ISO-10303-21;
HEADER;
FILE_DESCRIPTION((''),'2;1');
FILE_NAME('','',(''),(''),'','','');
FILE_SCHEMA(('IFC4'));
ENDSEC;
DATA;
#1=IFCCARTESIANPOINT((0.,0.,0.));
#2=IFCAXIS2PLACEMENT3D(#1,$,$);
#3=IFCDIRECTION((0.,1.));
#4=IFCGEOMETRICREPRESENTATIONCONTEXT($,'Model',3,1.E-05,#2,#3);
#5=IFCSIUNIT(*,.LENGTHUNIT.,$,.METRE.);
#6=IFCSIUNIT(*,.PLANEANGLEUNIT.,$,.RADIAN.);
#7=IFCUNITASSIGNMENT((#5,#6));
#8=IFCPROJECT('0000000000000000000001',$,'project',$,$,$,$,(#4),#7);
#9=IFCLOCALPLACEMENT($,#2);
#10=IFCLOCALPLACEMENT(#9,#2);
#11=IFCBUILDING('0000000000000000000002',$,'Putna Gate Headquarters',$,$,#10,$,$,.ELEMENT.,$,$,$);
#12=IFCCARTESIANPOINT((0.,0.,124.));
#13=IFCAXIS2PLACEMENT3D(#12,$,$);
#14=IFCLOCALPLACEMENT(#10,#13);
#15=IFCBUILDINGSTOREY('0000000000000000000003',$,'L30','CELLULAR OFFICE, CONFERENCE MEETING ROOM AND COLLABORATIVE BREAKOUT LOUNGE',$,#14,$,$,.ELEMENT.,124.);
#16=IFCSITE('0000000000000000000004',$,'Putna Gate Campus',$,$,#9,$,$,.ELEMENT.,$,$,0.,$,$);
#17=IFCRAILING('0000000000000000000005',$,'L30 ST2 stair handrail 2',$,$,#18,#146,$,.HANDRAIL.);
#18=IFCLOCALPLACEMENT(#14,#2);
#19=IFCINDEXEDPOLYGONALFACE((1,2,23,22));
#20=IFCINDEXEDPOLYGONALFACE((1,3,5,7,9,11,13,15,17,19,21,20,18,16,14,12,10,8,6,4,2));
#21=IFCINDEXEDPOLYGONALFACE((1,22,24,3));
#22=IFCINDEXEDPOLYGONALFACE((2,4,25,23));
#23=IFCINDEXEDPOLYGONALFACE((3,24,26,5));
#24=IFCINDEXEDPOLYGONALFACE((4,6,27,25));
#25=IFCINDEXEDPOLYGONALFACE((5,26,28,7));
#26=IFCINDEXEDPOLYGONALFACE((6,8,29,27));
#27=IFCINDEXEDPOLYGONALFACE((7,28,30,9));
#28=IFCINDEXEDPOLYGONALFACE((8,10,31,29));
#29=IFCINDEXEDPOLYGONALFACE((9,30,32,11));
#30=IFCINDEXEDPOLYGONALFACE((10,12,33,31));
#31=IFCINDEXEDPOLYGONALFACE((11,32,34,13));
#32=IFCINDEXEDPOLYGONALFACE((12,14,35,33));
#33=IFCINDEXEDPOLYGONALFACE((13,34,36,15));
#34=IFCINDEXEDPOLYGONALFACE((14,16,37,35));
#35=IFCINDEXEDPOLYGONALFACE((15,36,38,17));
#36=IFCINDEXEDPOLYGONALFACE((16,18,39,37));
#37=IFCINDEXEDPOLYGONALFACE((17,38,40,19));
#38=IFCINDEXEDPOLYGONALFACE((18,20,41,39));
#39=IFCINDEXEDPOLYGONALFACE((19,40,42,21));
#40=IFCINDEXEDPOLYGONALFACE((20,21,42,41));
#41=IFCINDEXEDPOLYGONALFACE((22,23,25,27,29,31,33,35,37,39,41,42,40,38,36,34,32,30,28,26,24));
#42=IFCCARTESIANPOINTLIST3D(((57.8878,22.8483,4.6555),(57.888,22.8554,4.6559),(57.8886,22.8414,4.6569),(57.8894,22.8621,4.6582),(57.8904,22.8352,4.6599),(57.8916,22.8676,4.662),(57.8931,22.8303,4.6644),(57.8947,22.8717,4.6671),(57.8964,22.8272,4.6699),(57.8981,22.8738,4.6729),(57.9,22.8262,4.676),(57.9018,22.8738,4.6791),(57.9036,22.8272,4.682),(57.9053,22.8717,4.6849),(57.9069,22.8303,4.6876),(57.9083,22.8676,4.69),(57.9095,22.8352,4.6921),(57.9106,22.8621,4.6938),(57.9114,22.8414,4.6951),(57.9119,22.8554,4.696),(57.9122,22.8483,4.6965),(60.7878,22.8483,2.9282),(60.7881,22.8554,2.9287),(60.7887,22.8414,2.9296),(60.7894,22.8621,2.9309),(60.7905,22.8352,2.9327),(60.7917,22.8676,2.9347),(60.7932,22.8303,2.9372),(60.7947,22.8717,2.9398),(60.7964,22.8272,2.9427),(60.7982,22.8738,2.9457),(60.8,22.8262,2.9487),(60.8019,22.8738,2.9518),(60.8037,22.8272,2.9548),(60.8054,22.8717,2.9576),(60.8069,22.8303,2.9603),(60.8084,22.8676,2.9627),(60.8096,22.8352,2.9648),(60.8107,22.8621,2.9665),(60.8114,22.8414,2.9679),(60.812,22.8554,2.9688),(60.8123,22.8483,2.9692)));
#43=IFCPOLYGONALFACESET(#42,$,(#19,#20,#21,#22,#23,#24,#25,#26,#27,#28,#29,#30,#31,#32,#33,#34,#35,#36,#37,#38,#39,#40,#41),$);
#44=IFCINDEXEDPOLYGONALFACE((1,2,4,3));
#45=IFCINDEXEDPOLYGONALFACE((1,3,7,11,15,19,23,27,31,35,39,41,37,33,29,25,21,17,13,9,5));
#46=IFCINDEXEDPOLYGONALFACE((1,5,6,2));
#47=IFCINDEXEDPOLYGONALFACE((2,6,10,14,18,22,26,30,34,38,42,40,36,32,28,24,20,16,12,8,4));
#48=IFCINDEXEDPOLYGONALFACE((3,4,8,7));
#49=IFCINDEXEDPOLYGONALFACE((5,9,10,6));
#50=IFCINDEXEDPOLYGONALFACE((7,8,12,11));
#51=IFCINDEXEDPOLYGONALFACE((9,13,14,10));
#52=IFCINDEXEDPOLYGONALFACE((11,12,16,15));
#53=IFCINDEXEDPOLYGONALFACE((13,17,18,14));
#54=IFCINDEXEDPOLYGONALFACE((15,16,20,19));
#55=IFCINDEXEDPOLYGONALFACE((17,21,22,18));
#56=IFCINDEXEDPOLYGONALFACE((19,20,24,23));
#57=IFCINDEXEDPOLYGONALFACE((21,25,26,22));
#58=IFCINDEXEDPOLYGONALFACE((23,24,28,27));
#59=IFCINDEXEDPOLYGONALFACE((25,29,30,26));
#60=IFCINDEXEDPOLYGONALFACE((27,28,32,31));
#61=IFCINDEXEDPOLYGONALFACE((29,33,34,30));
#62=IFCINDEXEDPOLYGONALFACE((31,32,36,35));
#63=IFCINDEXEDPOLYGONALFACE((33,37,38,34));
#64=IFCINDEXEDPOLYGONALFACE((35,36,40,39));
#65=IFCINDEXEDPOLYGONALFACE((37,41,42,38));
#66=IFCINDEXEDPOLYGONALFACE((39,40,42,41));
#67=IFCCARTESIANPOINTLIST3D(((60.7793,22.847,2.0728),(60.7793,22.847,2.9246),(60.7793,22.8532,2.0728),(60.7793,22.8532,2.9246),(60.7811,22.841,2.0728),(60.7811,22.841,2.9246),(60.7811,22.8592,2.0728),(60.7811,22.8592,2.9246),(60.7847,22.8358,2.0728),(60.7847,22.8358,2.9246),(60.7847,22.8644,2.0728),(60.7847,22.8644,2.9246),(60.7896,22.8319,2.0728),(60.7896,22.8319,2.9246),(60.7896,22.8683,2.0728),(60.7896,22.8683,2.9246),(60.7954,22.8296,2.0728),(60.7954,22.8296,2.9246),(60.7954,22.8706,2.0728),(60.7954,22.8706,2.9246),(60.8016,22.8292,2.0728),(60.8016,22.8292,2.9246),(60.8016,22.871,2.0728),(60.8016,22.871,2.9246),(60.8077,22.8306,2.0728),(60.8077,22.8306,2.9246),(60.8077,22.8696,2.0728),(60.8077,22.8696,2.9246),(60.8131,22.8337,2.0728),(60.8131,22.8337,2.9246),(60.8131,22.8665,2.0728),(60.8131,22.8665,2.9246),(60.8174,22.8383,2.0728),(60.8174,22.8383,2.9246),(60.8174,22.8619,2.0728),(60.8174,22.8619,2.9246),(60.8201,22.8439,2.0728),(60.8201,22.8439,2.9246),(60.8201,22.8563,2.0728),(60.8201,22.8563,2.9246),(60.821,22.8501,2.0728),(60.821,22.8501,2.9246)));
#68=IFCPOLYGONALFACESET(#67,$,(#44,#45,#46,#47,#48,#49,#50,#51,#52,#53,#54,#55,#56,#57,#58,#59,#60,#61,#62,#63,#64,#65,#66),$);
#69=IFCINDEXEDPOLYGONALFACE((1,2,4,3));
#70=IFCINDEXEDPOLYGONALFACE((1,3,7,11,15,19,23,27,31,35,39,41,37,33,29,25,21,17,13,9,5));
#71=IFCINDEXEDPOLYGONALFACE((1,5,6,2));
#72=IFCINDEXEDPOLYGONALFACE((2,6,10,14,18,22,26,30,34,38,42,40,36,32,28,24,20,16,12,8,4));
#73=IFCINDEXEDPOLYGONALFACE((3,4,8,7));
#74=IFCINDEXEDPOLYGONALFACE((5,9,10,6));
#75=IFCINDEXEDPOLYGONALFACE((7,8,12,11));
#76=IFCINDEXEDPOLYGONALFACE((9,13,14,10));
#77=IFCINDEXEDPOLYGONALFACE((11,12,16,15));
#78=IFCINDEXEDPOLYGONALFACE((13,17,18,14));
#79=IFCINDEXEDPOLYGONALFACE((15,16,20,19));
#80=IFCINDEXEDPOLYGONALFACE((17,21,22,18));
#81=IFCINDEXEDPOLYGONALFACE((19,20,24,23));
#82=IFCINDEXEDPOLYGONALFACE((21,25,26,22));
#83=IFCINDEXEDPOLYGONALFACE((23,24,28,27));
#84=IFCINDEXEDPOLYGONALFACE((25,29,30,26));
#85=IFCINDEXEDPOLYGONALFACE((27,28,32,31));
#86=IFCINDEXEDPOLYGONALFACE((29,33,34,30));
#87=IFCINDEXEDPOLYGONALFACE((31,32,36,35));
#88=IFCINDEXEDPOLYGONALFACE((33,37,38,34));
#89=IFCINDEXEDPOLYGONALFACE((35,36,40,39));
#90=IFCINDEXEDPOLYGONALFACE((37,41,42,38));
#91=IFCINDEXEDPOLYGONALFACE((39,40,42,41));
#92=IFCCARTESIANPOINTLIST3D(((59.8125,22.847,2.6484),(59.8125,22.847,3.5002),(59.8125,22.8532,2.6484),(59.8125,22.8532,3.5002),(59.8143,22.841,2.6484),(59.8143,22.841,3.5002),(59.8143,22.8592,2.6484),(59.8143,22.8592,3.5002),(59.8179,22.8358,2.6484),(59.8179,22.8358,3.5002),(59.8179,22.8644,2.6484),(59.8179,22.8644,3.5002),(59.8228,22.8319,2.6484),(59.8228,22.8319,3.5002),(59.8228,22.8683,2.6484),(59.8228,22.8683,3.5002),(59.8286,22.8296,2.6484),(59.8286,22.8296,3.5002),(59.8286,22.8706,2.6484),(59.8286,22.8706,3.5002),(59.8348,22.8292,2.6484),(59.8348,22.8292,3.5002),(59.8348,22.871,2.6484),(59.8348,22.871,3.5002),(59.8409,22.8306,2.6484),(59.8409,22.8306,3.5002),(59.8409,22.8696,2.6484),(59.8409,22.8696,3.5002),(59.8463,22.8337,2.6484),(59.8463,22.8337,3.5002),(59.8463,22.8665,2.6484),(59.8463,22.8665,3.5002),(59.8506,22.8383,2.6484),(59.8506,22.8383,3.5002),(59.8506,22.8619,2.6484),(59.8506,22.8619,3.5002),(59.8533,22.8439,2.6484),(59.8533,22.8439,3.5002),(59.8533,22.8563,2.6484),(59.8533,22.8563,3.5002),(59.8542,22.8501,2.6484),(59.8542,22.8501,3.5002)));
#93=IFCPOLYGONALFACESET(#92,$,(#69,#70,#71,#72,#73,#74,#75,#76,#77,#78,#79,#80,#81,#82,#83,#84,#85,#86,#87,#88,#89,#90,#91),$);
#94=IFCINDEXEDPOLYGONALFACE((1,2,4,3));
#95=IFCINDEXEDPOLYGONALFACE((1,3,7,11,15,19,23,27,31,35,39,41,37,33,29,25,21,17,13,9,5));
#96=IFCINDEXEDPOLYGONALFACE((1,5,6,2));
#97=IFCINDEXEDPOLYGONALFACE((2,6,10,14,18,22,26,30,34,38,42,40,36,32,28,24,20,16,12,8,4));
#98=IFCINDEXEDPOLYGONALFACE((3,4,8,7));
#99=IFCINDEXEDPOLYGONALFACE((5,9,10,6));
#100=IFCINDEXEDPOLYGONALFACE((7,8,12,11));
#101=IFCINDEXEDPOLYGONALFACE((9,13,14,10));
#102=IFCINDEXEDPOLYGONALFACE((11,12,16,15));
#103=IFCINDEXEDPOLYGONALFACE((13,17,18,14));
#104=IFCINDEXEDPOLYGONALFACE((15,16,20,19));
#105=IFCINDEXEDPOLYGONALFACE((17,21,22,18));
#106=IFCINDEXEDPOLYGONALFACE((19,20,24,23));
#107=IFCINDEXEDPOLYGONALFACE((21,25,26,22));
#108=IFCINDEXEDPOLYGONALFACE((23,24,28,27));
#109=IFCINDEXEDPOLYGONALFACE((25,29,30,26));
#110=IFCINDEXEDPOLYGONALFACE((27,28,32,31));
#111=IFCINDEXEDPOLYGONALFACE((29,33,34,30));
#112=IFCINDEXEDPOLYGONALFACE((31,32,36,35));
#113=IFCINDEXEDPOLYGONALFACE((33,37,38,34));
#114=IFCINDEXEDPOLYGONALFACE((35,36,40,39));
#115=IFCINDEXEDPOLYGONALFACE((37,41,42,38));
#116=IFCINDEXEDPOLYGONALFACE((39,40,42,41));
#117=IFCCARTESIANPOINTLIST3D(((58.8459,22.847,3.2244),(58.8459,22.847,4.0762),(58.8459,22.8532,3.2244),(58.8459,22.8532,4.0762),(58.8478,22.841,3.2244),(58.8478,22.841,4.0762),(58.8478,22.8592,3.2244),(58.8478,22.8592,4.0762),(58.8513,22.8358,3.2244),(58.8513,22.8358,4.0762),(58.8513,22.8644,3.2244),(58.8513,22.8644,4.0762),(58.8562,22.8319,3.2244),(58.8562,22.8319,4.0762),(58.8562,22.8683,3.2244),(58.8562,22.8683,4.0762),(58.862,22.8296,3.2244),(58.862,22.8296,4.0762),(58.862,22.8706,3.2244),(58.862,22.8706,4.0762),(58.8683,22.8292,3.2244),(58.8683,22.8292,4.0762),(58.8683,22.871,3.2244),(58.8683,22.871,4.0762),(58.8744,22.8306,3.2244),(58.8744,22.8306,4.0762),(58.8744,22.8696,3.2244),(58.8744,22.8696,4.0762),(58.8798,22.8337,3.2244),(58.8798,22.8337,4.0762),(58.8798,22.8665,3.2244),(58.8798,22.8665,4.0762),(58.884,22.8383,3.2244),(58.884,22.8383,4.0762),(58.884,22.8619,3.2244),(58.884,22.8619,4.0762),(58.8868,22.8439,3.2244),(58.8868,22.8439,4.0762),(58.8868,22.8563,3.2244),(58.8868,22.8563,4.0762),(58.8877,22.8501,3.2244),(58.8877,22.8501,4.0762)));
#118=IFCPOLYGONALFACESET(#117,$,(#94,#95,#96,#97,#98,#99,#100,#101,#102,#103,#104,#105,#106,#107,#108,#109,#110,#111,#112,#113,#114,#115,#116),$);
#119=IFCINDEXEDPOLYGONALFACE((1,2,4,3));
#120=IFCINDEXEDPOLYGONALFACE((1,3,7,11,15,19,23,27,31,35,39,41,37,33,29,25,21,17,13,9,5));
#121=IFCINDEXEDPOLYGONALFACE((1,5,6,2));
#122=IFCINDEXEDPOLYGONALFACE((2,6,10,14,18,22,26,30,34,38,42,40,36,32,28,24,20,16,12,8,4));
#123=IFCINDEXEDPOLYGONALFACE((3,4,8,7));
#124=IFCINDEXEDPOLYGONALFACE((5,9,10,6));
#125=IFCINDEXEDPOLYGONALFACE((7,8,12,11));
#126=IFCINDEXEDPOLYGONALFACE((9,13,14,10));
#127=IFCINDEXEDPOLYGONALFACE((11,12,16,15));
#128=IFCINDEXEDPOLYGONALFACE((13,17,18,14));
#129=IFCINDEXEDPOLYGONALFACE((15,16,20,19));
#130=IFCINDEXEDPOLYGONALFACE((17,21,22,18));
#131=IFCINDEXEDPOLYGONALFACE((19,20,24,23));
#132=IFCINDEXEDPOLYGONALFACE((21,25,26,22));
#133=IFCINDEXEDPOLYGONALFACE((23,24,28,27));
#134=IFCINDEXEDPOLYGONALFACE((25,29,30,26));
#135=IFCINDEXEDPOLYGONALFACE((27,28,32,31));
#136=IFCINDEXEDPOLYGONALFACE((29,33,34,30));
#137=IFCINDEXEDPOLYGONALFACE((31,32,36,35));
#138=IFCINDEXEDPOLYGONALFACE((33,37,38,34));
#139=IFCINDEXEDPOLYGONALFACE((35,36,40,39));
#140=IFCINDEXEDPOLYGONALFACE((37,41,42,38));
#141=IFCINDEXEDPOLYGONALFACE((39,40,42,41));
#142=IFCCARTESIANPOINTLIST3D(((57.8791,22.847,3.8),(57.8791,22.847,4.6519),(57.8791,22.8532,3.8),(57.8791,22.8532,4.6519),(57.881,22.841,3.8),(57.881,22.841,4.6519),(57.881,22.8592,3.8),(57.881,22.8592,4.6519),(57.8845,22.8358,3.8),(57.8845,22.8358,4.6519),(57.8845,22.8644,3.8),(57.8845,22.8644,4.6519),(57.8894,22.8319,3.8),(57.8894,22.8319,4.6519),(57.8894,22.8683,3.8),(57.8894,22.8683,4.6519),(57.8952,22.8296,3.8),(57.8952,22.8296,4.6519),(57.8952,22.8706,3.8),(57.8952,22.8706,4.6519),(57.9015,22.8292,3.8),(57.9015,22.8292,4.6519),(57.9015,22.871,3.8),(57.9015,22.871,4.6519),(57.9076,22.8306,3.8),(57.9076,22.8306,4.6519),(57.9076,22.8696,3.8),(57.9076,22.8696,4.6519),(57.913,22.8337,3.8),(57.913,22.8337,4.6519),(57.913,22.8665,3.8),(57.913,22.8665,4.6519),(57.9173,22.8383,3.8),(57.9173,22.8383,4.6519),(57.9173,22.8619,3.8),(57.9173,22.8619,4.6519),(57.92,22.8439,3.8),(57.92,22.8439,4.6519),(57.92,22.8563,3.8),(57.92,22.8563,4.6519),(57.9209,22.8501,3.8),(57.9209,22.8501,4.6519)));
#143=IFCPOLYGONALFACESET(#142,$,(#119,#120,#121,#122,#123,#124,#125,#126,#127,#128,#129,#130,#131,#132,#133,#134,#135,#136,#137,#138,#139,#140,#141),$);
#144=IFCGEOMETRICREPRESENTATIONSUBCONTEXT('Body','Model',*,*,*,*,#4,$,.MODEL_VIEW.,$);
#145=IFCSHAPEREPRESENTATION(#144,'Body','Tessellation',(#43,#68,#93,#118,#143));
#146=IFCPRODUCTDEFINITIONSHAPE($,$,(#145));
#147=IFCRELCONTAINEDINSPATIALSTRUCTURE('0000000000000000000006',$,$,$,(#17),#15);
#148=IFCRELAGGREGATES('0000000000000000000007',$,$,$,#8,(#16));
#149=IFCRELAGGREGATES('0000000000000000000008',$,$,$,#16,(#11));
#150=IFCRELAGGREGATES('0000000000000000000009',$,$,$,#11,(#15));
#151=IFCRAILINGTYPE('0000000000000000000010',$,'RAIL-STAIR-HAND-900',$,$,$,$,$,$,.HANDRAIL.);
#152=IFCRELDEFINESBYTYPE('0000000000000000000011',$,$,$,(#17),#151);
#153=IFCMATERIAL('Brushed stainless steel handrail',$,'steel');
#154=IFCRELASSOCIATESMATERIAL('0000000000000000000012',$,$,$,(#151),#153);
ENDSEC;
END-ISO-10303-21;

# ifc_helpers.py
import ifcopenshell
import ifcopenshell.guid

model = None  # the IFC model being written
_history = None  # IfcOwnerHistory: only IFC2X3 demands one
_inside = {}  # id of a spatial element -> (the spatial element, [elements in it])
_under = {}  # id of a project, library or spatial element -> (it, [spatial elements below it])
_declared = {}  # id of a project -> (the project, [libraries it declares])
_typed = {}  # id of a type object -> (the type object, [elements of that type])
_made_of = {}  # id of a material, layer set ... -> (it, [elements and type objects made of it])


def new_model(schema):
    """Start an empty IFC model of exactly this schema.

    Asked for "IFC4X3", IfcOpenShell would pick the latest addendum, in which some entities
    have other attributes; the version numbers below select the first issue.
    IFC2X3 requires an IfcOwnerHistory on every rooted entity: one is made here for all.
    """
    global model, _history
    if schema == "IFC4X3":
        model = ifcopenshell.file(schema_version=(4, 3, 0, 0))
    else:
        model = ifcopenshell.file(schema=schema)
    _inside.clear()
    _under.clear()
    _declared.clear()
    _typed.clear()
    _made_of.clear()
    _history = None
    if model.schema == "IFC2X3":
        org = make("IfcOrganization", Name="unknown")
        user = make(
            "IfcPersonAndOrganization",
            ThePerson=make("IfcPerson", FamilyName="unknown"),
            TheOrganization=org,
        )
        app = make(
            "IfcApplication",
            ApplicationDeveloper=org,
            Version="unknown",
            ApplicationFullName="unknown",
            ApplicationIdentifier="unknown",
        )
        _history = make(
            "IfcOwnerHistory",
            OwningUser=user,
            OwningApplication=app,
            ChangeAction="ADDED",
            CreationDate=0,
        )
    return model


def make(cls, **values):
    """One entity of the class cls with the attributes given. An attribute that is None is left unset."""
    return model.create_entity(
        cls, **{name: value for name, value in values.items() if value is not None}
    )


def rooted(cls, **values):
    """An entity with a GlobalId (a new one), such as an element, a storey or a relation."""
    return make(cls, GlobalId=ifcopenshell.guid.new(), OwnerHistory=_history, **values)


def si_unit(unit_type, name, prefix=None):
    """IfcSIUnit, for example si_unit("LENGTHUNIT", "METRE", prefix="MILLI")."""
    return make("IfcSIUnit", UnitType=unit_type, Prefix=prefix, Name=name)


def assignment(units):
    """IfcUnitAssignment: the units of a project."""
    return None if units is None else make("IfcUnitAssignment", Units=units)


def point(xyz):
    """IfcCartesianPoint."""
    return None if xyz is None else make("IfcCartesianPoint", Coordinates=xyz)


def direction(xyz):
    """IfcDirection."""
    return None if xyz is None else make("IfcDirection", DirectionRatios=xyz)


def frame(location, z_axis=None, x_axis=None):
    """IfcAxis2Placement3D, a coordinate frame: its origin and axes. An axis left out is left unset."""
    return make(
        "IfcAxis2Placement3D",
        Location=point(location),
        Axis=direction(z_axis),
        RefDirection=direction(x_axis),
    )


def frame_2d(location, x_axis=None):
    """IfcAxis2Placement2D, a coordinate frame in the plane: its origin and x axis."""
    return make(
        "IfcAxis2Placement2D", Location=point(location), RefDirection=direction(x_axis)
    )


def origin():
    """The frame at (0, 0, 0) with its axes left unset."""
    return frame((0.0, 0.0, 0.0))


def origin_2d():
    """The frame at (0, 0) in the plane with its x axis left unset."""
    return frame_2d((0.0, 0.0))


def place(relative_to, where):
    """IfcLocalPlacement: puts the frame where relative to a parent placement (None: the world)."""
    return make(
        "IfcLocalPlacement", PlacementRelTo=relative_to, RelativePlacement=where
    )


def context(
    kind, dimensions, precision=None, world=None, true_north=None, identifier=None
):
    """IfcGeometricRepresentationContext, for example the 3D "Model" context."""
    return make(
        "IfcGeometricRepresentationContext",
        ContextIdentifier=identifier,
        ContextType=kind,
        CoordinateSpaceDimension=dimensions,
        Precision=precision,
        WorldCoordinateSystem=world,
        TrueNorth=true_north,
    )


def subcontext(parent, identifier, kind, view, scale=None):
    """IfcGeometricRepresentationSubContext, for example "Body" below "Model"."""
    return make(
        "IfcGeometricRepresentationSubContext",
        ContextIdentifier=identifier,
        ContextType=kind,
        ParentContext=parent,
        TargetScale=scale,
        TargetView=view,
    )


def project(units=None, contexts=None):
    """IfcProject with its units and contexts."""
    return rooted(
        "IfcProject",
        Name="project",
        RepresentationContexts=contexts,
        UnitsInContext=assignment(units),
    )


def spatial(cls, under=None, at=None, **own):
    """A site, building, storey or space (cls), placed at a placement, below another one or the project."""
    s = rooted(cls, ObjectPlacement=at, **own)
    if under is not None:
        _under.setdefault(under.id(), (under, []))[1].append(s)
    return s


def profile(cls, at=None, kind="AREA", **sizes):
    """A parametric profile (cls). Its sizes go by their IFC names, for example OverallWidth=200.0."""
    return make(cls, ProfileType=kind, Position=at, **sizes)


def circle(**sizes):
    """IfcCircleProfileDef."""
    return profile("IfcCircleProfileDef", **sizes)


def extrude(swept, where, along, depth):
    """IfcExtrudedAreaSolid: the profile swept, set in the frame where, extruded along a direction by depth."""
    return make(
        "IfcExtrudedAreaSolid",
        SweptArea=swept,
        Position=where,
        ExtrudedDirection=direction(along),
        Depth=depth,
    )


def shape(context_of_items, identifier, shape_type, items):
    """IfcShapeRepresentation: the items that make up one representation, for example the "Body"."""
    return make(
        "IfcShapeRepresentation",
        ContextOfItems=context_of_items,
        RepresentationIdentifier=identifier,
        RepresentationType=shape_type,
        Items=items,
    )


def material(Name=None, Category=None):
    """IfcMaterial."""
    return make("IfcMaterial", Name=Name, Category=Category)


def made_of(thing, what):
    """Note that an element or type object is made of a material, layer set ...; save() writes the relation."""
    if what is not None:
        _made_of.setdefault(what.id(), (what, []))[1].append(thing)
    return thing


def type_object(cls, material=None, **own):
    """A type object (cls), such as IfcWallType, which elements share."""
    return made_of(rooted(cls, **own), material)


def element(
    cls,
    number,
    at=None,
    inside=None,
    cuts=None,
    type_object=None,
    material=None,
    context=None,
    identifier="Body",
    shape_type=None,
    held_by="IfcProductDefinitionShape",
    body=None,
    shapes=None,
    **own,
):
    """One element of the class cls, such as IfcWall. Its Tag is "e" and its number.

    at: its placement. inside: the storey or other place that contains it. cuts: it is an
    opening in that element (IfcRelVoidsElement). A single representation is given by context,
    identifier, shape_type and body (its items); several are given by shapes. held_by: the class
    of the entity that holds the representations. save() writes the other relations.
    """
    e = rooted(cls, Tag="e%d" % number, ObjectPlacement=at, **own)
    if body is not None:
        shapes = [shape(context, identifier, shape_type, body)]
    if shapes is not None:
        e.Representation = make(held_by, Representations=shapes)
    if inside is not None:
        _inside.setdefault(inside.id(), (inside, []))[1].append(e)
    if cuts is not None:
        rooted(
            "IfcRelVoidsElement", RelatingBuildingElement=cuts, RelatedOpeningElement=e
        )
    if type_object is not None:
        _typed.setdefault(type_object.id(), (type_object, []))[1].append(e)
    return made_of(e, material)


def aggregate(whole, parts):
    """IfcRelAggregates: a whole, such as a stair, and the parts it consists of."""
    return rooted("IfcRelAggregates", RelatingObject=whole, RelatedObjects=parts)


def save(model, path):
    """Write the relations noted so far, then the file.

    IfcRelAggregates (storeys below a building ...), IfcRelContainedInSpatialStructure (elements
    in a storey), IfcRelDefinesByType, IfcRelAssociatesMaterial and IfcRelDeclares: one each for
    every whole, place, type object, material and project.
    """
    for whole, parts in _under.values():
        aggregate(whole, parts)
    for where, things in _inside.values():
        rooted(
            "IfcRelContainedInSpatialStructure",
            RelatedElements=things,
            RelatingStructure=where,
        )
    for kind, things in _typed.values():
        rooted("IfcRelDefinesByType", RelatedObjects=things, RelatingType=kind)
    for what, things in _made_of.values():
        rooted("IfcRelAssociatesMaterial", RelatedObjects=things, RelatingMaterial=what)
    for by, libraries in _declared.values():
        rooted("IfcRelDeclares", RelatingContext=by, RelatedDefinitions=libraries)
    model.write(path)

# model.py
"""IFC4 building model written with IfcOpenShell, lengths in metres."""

from ifc_helpers import new_model, si_unit, direction, frame, origin, origin_2d, place, context, subcontext, project, spatial, circle, extrude, material, type_object, element, save


model = new_model("IFC4")

# Units and contexts
model_context = context("Model", 3, precision=1e-05, world=origin(), true_north=direction((0.0, 1.0)))
body_context = subcontext(model_context, "Body", "Model", "MODEL_VIEW")
ifc_project = project(units=[si_unit("LENGTHUNIT", "METRE"), si_unit("PLANEANGLEUNIT", "RADIAN")], contexts=[model_context])

# Site, building, storey
site_placement = place(None, origin())
site = spatial("IfcSite", under=ifc_project, at=site_placement, Name="Putna Gate Campus", CompositionType="ELEMENT", RefElevation=0.0)
building_placement = place(site_placement, origin())
building = spatial("IfcBuilding", under=site, at=building_placement, Name="Putna Gate Headquarters", CompositionType="ELEMENT")
storey_placement = place(building_placement, frame((0.0, 0.0, 124.0)))
storey = spatial("IfcBuildingStorey", under=building, at=storey_placement, Name="L30", Description="CELLULAR OFFICE, CONFERENCE MEETING ROOM AND COLLABORATIVE BREAKOUT LOUNGE", CompositionType="ELEMENT", Elevation=124.0)

# Railing
ifc_material_1 = material(Name="Brushed stainless steel handrail", Category="steel")
railing_type = type_object("IfcRailingType", Name="RAIL-STAIR-HAND-900", PredefinedType="HANDRAIL", material=ifc_material_1)
railing_placement = place(storey_placement, frame((60.8, 22.8501, 2.0728)))
element("IfcRailing", 1, at=railing_placement, inside=storey, type_object=railing_type, Name="L30 ST2 stair handrail 2", PredefinedType="HANDRAIL", context=body_context, shape_type="SweptSolid", body=[
    extrude(circle(Radius=0.0239, at=origin_2d()), frame((0.0, 0.0, 0.876), z_axis=(-0.85916, 0.0, 0.511706), x_axis=(0.0, -1.0, 0.0)), (0.0, 0.0, 1.0), 3.3755),
    extrude(circle(Radius=0.021, at=origin_2d()), origin(), (0.0, 0.0, 1.0), 0.8518),
    extrude(circle(Radius=0.021, at=origin_2d()), frame((-0.9668, 0.0, 0.5757)), (0.0, 0.0, 1.0), 0.8518),
    extrude(circle(Radius=0.021, at=origin_2d()), frame((-1.9333, 0.0, 1.1516)), (0.0, 0.0, 1.0), 0.8518),
    extrude(circle(Radius=0.021, at=origin_2d()), frame((-2.9001, 0.0, 1.7273)), (0.0, 0.0, 1.0), 0.8518),
])

save(model, "model.ifc")
